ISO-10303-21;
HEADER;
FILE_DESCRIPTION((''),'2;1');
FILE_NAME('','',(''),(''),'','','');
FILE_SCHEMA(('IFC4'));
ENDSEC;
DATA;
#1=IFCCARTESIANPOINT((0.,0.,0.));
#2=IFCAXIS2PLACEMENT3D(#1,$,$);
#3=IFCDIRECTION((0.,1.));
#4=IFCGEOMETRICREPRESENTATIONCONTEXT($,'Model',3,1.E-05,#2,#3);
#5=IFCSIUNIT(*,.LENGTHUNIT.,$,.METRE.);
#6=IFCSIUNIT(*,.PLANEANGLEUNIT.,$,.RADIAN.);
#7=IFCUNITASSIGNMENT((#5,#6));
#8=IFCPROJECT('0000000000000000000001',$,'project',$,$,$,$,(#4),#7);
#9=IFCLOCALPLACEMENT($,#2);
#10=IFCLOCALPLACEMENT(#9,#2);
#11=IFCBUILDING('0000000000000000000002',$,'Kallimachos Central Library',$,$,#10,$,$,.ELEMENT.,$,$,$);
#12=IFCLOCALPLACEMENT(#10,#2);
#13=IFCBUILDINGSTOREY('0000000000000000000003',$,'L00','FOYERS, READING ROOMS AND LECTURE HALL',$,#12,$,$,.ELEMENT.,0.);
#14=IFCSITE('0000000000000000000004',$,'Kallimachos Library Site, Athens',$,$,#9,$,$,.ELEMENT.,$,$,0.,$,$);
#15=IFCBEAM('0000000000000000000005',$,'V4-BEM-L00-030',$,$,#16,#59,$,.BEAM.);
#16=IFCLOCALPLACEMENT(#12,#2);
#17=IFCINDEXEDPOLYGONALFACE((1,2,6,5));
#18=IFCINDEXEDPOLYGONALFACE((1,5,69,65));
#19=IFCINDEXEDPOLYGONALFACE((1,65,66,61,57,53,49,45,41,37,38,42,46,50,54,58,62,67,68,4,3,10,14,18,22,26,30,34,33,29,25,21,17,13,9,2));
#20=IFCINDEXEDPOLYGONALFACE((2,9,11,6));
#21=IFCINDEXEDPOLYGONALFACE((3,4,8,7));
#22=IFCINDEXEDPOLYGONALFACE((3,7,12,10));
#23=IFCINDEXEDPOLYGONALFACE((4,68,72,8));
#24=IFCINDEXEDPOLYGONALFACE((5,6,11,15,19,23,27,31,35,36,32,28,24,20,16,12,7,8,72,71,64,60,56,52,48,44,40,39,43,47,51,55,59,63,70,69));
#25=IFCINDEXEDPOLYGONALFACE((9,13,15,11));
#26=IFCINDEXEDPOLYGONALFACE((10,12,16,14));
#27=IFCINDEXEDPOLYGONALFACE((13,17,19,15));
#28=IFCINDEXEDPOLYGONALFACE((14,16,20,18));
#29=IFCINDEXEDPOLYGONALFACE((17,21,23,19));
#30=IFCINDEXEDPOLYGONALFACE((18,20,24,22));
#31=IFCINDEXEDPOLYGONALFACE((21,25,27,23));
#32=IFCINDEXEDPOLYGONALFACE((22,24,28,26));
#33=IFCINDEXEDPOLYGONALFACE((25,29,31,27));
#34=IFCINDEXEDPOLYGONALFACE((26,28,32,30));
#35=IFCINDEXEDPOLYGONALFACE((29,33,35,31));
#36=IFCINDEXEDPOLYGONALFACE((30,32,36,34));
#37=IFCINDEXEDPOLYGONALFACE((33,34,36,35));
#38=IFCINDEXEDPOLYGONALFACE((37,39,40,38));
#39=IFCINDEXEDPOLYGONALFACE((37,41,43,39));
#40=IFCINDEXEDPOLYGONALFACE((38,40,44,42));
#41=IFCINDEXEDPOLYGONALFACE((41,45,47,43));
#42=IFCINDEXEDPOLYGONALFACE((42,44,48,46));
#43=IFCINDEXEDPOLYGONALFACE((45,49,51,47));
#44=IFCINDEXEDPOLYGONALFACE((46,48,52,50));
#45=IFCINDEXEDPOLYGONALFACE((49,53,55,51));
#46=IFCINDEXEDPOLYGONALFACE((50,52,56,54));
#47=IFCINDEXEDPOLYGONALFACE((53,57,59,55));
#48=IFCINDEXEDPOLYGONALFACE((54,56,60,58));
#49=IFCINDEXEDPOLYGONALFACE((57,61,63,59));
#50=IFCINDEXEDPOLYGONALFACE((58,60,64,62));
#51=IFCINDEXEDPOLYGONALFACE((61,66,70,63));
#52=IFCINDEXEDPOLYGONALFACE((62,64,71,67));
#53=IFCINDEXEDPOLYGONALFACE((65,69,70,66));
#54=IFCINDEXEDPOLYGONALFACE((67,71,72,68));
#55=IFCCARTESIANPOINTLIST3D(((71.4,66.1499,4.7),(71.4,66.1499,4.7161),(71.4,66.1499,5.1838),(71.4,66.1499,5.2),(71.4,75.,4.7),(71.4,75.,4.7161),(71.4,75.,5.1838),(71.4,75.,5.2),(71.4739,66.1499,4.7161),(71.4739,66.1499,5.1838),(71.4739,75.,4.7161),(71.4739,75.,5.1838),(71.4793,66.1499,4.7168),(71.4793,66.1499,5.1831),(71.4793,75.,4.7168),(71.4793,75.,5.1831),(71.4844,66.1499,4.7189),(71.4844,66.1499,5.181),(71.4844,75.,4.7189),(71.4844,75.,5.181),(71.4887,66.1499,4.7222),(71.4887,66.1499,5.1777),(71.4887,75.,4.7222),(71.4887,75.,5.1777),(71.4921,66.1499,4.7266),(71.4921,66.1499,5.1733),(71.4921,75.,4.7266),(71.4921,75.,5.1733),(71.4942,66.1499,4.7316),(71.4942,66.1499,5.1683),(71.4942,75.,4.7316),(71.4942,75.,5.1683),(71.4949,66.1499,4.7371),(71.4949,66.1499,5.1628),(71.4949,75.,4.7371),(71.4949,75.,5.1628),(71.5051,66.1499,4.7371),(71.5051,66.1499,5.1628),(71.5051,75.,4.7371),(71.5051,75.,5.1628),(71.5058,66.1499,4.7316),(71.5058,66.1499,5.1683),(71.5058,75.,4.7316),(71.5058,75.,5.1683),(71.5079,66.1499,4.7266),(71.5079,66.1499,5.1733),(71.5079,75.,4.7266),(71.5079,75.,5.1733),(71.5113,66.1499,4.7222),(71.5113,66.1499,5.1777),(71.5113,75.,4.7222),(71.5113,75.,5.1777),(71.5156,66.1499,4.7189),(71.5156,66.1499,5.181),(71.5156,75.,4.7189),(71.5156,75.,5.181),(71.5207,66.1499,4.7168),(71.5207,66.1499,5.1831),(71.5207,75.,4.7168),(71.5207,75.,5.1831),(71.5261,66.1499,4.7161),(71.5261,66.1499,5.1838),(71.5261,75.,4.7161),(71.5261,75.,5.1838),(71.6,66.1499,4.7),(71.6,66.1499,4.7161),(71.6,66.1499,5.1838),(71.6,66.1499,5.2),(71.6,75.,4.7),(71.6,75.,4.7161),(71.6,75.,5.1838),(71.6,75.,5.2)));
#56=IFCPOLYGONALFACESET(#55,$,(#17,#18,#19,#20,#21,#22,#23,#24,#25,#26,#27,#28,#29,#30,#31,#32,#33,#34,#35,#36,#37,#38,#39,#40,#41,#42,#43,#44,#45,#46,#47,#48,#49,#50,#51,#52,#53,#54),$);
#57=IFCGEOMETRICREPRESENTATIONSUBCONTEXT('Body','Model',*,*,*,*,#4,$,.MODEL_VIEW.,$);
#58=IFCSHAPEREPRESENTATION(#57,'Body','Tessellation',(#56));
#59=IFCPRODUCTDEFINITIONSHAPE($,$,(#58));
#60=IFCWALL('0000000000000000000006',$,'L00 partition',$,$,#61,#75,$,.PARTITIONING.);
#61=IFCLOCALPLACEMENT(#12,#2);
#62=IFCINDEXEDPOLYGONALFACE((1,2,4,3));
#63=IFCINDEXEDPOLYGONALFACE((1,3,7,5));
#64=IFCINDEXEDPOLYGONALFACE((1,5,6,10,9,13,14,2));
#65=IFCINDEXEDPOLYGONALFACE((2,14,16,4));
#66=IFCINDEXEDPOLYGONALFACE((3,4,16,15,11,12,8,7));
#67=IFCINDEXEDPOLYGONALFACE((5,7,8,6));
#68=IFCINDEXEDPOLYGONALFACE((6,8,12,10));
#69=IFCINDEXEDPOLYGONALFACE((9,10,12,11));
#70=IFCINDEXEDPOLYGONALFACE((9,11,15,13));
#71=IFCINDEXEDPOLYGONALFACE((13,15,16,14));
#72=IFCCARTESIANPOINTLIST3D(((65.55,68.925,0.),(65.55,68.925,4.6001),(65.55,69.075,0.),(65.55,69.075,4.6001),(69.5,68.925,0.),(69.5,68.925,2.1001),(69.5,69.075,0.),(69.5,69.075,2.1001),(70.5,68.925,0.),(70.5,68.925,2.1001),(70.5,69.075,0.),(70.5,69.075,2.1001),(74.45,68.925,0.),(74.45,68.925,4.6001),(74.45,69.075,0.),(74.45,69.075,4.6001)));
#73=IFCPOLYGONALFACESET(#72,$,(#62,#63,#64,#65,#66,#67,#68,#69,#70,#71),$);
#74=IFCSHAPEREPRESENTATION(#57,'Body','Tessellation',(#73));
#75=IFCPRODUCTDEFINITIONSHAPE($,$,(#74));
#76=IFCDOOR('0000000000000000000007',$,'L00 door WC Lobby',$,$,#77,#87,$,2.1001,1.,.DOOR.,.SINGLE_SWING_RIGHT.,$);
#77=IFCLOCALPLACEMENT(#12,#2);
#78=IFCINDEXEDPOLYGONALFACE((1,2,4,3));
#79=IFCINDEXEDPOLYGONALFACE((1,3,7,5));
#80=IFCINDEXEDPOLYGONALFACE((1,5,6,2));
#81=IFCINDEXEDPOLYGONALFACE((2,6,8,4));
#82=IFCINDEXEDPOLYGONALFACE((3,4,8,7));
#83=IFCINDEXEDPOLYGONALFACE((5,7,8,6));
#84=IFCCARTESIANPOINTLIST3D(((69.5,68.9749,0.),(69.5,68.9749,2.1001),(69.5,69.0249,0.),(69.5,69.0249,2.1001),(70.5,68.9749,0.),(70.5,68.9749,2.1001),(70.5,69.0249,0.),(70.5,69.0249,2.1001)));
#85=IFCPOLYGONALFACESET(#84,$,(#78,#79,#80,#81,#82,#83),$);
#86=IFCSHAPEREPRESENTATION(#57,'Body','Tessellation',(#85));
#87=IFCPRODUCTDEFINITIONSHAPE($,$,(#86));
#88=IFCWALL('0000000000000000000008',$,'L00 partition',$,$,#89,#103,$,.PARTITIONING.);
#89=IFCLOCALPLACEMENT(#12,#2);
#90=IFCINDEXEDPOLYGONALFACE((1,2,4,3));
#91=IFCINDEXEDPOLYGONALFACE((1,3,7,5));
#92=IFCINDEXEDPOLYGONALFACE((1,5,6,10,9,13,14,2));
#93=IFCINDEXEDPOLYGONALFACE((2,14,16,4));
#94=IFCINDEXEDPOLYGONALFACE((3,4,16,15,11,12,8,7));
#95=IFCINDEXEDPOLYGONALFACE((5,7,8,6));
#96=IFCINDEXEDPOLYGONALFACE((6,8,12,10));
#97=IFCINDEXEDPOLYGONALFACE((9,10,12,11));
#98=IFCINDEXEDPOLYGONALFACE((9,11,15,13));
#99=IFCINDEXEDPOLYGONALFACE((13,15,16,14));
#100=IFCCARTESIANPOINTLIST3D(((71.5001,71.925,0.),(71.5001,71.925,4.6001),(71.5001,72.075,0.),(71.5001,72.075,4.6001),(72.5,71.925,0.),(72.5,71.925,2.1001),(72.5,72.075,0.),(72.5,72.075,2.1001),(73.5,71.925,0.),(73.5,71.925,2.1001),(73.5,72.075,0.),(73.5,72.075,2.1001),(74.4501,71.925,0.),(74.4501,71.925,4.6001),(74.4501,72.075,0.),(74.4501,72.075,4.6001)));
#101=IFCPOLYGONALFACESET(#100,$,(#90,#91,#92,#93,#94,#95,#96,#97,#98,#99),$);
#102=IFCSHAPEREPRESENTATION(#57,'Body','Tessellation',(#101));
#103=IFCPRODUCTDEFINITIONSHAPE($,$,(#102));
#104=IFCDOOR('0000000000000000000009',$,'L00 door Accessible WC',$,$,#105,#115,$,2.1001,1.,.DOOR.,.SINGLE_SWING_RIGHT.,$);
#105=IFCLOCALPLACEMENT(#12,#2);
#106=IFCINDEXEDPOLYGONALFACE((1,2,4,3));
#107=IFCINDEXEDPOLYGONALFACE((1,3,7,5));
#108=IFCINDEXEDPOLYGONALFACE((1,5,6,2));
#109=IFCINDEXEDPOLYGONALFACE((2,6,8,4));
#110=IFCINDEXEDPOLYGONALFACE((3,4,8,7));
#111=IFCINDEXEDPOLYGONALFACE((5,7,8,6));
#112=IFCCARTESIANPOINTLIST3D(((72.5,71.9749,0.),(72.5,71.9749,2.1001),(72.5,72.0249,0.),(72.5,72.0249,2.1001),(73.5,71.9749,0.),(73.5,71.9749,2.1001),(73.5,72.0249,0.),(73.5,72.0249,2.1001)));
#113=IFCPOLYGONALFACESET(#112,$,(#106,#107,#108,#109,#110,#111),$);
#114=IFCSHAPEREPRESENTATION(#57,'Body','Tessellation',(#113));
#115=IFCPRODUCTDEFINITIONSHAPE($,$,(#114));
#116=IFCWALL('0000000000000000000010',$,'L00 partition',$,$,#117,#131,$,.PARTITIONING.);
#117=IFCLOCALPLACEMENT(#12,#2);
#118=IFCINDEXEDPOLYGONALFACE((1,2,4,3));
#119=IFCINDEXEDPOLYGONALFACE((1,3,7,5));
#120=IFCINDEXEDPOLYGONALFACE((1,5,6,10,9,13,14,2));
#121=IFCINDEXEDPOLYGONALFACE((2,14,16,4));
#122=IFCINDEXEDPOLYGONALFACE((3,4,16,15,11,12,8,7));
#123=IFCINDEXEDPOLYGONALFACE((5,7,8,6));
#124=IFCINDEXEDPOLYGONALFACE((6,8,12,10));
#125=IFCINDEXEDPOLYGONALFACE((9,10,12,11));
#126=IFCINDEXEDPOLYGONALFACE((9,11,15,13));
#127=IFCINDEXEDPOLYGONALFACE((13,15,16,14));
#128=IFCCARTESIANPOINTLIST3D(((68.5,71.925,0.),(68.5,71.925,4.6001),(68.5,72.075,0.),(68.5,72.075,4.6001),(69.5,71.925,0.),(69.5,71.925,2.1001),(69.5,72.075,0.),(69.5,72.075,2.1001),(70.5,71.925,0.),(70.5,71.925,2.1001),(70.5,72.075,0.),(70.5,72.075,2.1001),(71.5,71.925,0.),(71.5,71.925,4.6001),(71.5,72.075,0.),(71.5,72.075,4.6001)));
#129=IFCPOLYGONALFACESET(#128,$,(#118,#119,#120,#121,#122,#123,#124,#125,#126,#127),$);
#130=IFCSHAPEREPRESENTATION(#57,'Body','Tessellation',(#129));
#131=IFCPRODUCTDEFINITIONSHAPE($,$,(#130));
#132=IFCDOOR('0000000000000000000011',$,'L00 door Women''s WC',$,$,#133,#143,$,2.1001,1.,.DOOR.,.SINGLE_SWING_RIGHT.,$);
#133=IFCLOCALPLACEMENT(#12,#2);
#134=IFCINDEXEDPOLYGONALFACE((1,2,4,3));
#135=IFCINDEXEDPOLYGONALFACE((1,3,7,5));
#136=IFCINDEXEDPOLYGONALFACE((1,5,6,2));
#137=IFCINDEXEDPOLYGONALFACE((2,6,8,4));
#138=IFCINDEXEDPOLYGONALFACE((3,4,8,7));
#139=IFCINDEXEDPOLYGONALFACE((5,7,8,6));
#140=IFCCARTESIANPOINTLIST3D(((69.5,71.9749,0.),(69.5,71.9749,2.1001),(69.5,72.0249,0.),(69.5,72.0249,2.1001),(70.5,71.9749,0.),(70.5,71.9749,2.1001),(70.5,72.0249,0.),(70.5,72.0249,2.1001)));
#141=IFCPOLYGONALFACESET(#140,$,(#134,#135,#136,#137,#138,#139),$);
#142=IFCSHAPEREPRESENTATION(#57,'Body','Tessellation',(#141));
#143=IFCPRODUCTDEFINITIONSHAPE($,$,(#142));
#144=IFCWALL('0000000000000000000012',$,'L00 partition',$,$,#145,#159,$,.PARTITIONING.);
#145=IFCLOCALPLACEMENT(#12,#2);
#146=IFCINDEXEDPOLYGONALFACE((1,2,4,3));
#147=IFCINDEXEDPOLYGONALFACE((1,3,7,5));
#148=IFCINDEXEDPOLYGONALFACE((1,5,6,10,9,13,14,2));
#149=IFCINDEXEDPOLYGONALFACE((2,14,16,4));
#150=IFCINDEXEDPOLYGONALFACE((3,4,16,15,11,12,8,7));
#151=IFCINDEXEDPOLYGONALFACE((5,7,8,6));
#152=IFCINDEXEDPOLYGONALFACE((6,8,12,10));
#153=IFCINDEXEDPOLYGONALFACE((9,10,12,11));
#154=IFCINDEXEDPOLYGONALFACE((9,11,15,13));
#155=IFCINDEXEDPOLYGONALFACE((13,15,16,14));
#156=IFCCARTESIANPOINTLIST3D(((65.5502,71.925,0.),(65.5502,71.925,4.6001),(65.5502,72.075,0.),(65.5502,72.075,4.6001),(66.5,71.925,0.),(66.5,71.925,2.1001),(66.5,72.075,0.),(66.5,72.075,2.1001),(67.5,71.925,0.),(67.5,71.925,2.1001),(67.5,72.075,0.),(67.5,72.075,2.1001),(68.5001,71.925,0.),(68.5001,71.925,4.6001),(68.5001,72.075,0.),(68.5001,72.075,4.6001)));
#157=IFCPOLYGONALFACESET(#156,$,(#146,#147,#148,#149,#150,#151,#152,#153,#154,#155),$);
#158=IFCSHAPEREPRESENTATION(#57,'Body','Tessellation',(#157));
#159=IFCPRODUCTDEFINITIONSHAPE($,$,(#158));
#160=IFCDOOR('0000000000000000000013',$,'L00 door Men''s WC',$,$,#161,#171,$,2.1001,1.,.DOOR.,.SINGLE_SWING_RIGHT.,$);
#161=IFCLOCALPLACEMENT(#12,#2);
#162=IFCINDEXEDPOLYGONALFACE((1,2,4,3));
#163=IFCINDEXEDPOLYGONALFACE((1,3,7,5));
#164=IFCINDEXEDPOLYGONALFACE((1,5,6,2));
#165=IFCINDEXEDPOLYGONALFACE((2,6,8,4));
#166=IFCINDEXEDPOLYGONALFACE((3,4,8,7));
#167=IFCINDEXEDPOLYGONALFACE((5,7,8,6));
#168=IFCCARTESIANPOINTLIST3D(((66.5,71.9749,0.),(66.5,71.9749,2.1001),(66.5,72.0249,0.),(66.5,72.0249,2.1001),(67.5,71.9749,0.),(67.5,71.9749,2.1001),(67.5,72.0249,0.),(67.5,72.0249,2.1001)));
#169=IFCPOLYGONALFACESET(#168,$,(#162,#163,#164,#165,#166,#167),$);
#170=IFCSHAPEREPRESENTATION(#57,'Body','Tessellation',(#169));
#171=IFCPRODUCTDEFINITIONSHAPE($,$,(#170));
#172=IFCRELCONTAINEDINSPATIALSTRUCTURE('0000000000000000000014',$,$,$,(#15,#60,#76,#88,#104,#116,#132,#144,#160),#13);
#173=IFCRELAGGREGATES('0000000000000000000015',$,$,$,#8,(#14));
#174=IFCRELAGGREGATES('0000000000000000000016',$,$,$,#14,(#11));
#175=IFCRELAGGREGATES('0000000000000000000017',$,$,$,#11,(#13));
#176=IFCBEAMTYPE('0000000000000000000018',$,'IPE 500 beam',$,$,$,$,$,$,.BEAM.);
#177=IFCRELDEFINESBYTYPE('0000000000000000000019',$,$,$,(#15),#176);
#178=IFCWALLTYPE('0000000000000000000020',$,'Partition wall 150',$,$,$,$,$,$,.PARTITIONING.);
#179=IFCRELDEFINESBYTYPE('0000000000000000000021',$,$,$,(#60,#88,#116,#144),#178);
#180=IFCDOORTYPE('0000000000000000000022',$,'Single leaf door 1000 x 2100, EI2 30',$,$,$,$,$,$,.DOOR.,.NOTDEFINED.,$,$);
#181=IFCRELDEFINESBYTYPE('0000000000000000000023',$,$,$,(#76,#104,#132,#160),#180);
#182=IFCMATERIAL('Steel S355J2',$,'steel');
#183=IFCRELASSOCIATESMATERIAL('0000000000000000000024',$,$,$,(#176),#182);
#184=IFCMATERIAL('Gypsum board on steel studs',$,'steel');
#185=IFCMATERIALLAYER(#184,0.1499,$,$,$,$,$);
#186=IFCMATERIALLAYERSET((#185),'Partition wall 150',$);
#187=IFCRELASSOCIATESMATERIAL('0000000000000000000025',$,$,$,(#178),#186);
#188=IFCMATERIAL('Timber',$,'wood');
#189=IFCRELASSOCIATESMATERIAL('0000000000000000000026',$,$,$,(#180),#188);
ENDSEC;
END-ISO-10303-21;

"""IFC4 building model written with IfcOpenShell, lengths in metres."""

from ifc_helpers import new_model, si_unit, direction, frame, frame_2d, origin, origin_2d, place, context, subcontext, project, spatial, rectangle, i_section, extrude, material, layer, layer_set, material_profile, profile_set, type_object, element, fill, save


model = new_model("IFC4")

# Units and contexts
model_context = context("Model", 3, precision=1e-05, world=origin(), true_north=direction((0.0, 1.0)))
body_context = subcontext(model_context, "Body", "Model", "MODEL_VIEW")
ifc_project = project(units=[si_unit("LENGTHUNIT", "METRE"), si_unit("PLANEANGLEUNIT", "RADIAN")], contexts=[model_context])

# Site, building, storey
site_placement = place(None, origin())
site = spatial("IfcSite", under=ifc_project, at=site_placement, Name="Kallimachos Library Site, Athens", CompositionType="ELEMENT", RefElevation=0.0)
building_placement = place(site_placement, origin())
building = spatial("IfcBuilding", under=site, at=building_placement, Name="Kallimachos Central Library", CompositionType="ELEMENT")
storey_placement = place(building_placement, origin())
storey = spatial("IfcBuildingStorey", under=building, at=storey_placement, Name="L00", Description="FOYERS, READING ROOMS AND LECTURE HALL", CompositionType="ELEMENT", Elevation=0.0)

# Beam
ifc_material_1 = material(Name="Steel S355J2", Category="steel")
ifc_material_profile_1 = material_profile(ifc_material_1, i_section(OverallWidth=0.2, OverallDepth=0.5, WebThickness=0.0103, FlangeThickness=0.0161, FilletRadius=0.021, at=origin_2d()), Name="IPE 500")
ifc_profile_set_1 = profile_set([ifc_material_profile_1], Name="Steel S355J2")
beam_type = type_object("IfcBeamType", Name="IPE 500 beam", PredefinedType="BEAM", material=ifc_profile_set_1)
for number, where, z_axis, x_axis, name in (
    (1, (71.5, 66.1499, 4.95), (0.0, 1.0, 0.0), (-1.0, 0.0, 0.0), "V4-BEM-L00-030"),
):
    element("IfcBeam", number, at=place(storey_placement, frame(where, z_axis=z_axis, x_axis=x_axis)), inside=storey, type_object=beam_type, Name=name, PredefinedType="BEAM", context=body_context, shape_type="SweptSolid", body=[
        extrude(i_section(OverallWidth=0.2, OverallDepth=0.5, WebThickness=0.0103, FlangeThickness=0.0161, FilletRadius=0.021, at=origin_2d()), origin(), (0.0, 0.0, 1.0), 8.8501),
    ])

# Walls, openings, doors
ifc_material_2 = material(Name="Gypsum board on steel studs", Category="steel")
ifc_layer_1 = layer(ifc_material_2, 0.1499)
ifc_layer_set_1 = layer_set([ifc_layer_1], Name="Partition wall 150")
wall_type_1 = type_object("IfcWallType", Name="Partition wall 150", PredefinedType="PARTITIONING", material=ifc_layer_set_1)
wall_1_placement = place(storey_placement, frame((65.55, 69.0, 0.0), z_axis=(0.0, 0.0, 1.0), x_axis=(1.0, 0.0, 0.0)))
wall_1 = element("IfcWall", 2, at=wall_1_placement, inside=storey, type_object=wall_type_1, Name="L00 partition", PredefinedType="PARTITIONING", context=body_context, shape_type="SweptSolid", body=[
    extrude(rectangle(XDim=8.8999, YDim=0.1499, at=frame_2d((4.45, 0.0))), origin(), (0.0, 0.0, 1.0), 4.6001),
])
opening_1_placement = place(wall_1_placement, frame((3.95, 0.0, 0.0)))
opening_1 = element("IfcOpeningElement", 3, at=opening_1_placement, cuts=wall_1, PredefinedType="OPENING", context=body_context, shape_type="SweptSolid", body=[
    extrude(rectangle(XDim=1.0, YDim=2.1001, at=frame_2d((0.5, 1.05))), frame((0.0, 0.085, 0.0), z_axis=(0.0, -1.0, 0.0), x_axis=(1.0, 0.0, 0.0)), (0.0, 0.0, 1.0), 0.1699),
])
ifc_material_3 = material(Name="Timber", Category="wood")
door_type = type_object("IfcDoorType", Name="Single leaf door 1000 x 2100, EI2 30", OperationType="NOTDEFINED", PredefinedType="DOOR", material=ifc_material_3)
door_1_placement = place(opening_1_placement, origin())
door_1 = element("IfcDoor", 4, at=door_1_placement, inside=storey, type_object=door_type, Name="L00 door WC Lobby", OperationType="SINGLE_SWING_RIGHT", OverallHeight=2.1001, OverallWidth=1.0, PredefinedType="DOOR", context=body_context, shape_type="SweptSolid", body=[
    extrude(rectangle(XDim=1.0, YDim=2.1001, at=frame_2d((0.5, 1.05))), frame((0.0, 0.0249, 0.0), z_axis=(0.0, -1.0, 0.0), x_axis=(1.0, 0.0, 0.0)), (0.0, 0.0, 1.0), 0.05),
])
fill(opening_1, door_1)
wall_2_placement = place(storey_placement, frame((71.5, 72.0, 0.0), z_axis=(0.0, 0.0, 1.0), x_axis=(1.0, 0.0, 0.0)))
wall_2 = element("IfcWall", 5, at=wall_2_placement, inside=storey, type_object=wall_type_1, Name="L00 partition", PredefinedType="PARTITIONING", context=body_context, shape_type="SweptSolid", body=[
    extrude(rectangle(XDim=2.95, YDim=0.1499, at=frame_2d((1.4751, 0.0))), origin(), (0.0, 0.0, 1.0), 4.6001),
])
opening_2_placement = place(wall_2_placement, frame((1.0, 0.0, 0.0)))
opening_2 = element("IfcOpeningElement", 6, at=opening_2_placement, cuts=wall_2, PredefinedType="OPENING", context=body_context, shape_type="SweptSolid", body=[
    extrude(rectangle(XDim=1.0, YDim=2.1001, at=frame_2d((0.5, 1.05))), frame((0.0, 0.085, 0.0), z_axis=(0.0, -1.0, 0.0), x_axis=(1.0, 0.0, 0.0)), (0.0, 0.0, 1.0), 0.1699),
])
door_2_placement = place(opening_2_placement, origin())
door_2 = element("IfcDoor", 7, at=door_2_placement, inside=storey, type_object=door_type, Name="L00 door Accessible WC", OperationType="SINGLE_SWING_RIGHT", OverallHeight=2.1001, OverallWidth=1.0, PredefinedType="DOOR", context=body_context, shape_type="SweptSolid", body=[
    extrude(rectangle(XDim=1.0, YDim=2.1001, at=frame_2d((0.5, 1.05))), frame((0.0, 0.0249, 0.0), z_axis=(0.0, -1.0, 0.0), x_axis=(1.0, 0.0, 0.0)), (0.0, 0.0, 1.0), 0.05),
])
fill(opening_2, door_2)
wall_3_placement = place(storey_placement, frame((68.5, 72.0, 0.0), z_axis=(0.0, 0.0, 1.0), x_axis=(1.0, 0.0, 0.0)))
wall_3 = element("IfcWall", 8, at=wall_3_placement, inside=storey, type_object=wall_type_1, Name="L00 partition", PredefinedType="PARTITIONING", context=body_context, shape_type="SweptSolid", body=[
    extrude(rectangle(XDim=3.0, YDim=0.1499, at=frame_2d((1.5, 0.0))), origin(), (0.0, 0.0, 1.0), 4.6001),
])
opening_3_placement = place(wall_3_placement, frame((1.0, 0.0, 0.0)))
opening_3 = element("IfcOpeningElement", 9, at=opening_3_placement, cuts=wall_3, PredefinedType="OPENING", context=body_context, shape_type="SweptSolid", body=[
    extrude(rectangle(XDim=1.0, YDim=2.1001, at=frame_2d((0.5, 1.05))), frame((0.0, 0.085, 0.0), z_axis=(0.0, -1.0, 0.0), x_axis=(1.0, 0.0, 0.0)), (0.0, 0.0, 1.0), 0.1699),
])
door_3_placement = place(opening_3_placement, origin())
door_3 = element("IfcDoor", 10, at=door_3_placement, inside=storey, type_object=door_type, Name="L00 door Women's WC", OperationType="SINGLE_SWING_RIGHT", OverallHeight=2.1001, OverallWidth=1.0, PredefinedType="DOOR", context=body_context, shape_type="SweptSolid", body=[
    extrude(rectangle(XDim=1.0, YDim=2.1001, at=frame_2d((0.5, 1.05))), frame((0.0, 0.0249, 0.0), z_axis=(0.0, -1.0, 0.0), x_axis=(1.0, 0.0, 0.0)), (0.0, 0.0, 1.0), 0.05),
])
fill(opening_3, door_3)
wall_4_placement = place(storey_placement, frame((65.55, 72.0, 0.0), z_axis=(0.0, 0.0, 1.0), x_axis=(1.0, 0.0, 0.0)))
wall_4 = element("IfcWall", 11, at=wall_4_placement, inside=storey, type_object=wall_type_1, Name="L00 partition", PredefinedType="PARTITIONING", context=body_context, shape_type="SweptSolid", body=[
    extrude(rectangle(XDim=2.95, YDim=0.1499, at=frame_2d((1.4751, 0.0))), origin(), (0.0, 0.0, 1.0), 4.6001),
])
opening_4_placement = place(wall_4_placement, frame((0.95, 0.0, 0.0)))
opening_4 = element("IfcOpeningElement", 12, at=opening_4_placement, cuts=wall_4, PredefinedType="OPENING", context=body_context, shape_type="SweptSolid", body=[
    extrude(rectangle(XDim=1.0, YDim=2.1001, at=frame_2d((0.5, 1.05))), frame((0.0, 0.085, 0.0), z_axis=(0.0, -1.0, 0.0), x_axis=(1.0, 0.0, 0.0)), (0.0, 0.0, 1.0), 0.1699),
])
door_4_placement = place(opening_4_placement, origin())
door_4 = element("IfcDoor", 13, at=door_4_placement, inside=storey, type_object=door_type, Name="L00 door Men's WC", OperationType="SINGLE_SWING_RIGHT", OverallHeight=2.1001, OverallWidth=1.0, PredefinedType="DOOR", context=body_context, shape_type="SweptSolid", body=[
    extrude(rectangle(XDim=1.0, YDim=2.1001, at=frame_2d((0.5, 1.05))), frame((0.0, 0.0249, 0.0), z_axis=(0.0, -1.0, 0.0), x_axis=(1.0, 0.0, 0.0)), (0.0, 0.0, 1.0), 0.05),
])
fill(opening_4, door_4)

save(model, "model.ifc")
